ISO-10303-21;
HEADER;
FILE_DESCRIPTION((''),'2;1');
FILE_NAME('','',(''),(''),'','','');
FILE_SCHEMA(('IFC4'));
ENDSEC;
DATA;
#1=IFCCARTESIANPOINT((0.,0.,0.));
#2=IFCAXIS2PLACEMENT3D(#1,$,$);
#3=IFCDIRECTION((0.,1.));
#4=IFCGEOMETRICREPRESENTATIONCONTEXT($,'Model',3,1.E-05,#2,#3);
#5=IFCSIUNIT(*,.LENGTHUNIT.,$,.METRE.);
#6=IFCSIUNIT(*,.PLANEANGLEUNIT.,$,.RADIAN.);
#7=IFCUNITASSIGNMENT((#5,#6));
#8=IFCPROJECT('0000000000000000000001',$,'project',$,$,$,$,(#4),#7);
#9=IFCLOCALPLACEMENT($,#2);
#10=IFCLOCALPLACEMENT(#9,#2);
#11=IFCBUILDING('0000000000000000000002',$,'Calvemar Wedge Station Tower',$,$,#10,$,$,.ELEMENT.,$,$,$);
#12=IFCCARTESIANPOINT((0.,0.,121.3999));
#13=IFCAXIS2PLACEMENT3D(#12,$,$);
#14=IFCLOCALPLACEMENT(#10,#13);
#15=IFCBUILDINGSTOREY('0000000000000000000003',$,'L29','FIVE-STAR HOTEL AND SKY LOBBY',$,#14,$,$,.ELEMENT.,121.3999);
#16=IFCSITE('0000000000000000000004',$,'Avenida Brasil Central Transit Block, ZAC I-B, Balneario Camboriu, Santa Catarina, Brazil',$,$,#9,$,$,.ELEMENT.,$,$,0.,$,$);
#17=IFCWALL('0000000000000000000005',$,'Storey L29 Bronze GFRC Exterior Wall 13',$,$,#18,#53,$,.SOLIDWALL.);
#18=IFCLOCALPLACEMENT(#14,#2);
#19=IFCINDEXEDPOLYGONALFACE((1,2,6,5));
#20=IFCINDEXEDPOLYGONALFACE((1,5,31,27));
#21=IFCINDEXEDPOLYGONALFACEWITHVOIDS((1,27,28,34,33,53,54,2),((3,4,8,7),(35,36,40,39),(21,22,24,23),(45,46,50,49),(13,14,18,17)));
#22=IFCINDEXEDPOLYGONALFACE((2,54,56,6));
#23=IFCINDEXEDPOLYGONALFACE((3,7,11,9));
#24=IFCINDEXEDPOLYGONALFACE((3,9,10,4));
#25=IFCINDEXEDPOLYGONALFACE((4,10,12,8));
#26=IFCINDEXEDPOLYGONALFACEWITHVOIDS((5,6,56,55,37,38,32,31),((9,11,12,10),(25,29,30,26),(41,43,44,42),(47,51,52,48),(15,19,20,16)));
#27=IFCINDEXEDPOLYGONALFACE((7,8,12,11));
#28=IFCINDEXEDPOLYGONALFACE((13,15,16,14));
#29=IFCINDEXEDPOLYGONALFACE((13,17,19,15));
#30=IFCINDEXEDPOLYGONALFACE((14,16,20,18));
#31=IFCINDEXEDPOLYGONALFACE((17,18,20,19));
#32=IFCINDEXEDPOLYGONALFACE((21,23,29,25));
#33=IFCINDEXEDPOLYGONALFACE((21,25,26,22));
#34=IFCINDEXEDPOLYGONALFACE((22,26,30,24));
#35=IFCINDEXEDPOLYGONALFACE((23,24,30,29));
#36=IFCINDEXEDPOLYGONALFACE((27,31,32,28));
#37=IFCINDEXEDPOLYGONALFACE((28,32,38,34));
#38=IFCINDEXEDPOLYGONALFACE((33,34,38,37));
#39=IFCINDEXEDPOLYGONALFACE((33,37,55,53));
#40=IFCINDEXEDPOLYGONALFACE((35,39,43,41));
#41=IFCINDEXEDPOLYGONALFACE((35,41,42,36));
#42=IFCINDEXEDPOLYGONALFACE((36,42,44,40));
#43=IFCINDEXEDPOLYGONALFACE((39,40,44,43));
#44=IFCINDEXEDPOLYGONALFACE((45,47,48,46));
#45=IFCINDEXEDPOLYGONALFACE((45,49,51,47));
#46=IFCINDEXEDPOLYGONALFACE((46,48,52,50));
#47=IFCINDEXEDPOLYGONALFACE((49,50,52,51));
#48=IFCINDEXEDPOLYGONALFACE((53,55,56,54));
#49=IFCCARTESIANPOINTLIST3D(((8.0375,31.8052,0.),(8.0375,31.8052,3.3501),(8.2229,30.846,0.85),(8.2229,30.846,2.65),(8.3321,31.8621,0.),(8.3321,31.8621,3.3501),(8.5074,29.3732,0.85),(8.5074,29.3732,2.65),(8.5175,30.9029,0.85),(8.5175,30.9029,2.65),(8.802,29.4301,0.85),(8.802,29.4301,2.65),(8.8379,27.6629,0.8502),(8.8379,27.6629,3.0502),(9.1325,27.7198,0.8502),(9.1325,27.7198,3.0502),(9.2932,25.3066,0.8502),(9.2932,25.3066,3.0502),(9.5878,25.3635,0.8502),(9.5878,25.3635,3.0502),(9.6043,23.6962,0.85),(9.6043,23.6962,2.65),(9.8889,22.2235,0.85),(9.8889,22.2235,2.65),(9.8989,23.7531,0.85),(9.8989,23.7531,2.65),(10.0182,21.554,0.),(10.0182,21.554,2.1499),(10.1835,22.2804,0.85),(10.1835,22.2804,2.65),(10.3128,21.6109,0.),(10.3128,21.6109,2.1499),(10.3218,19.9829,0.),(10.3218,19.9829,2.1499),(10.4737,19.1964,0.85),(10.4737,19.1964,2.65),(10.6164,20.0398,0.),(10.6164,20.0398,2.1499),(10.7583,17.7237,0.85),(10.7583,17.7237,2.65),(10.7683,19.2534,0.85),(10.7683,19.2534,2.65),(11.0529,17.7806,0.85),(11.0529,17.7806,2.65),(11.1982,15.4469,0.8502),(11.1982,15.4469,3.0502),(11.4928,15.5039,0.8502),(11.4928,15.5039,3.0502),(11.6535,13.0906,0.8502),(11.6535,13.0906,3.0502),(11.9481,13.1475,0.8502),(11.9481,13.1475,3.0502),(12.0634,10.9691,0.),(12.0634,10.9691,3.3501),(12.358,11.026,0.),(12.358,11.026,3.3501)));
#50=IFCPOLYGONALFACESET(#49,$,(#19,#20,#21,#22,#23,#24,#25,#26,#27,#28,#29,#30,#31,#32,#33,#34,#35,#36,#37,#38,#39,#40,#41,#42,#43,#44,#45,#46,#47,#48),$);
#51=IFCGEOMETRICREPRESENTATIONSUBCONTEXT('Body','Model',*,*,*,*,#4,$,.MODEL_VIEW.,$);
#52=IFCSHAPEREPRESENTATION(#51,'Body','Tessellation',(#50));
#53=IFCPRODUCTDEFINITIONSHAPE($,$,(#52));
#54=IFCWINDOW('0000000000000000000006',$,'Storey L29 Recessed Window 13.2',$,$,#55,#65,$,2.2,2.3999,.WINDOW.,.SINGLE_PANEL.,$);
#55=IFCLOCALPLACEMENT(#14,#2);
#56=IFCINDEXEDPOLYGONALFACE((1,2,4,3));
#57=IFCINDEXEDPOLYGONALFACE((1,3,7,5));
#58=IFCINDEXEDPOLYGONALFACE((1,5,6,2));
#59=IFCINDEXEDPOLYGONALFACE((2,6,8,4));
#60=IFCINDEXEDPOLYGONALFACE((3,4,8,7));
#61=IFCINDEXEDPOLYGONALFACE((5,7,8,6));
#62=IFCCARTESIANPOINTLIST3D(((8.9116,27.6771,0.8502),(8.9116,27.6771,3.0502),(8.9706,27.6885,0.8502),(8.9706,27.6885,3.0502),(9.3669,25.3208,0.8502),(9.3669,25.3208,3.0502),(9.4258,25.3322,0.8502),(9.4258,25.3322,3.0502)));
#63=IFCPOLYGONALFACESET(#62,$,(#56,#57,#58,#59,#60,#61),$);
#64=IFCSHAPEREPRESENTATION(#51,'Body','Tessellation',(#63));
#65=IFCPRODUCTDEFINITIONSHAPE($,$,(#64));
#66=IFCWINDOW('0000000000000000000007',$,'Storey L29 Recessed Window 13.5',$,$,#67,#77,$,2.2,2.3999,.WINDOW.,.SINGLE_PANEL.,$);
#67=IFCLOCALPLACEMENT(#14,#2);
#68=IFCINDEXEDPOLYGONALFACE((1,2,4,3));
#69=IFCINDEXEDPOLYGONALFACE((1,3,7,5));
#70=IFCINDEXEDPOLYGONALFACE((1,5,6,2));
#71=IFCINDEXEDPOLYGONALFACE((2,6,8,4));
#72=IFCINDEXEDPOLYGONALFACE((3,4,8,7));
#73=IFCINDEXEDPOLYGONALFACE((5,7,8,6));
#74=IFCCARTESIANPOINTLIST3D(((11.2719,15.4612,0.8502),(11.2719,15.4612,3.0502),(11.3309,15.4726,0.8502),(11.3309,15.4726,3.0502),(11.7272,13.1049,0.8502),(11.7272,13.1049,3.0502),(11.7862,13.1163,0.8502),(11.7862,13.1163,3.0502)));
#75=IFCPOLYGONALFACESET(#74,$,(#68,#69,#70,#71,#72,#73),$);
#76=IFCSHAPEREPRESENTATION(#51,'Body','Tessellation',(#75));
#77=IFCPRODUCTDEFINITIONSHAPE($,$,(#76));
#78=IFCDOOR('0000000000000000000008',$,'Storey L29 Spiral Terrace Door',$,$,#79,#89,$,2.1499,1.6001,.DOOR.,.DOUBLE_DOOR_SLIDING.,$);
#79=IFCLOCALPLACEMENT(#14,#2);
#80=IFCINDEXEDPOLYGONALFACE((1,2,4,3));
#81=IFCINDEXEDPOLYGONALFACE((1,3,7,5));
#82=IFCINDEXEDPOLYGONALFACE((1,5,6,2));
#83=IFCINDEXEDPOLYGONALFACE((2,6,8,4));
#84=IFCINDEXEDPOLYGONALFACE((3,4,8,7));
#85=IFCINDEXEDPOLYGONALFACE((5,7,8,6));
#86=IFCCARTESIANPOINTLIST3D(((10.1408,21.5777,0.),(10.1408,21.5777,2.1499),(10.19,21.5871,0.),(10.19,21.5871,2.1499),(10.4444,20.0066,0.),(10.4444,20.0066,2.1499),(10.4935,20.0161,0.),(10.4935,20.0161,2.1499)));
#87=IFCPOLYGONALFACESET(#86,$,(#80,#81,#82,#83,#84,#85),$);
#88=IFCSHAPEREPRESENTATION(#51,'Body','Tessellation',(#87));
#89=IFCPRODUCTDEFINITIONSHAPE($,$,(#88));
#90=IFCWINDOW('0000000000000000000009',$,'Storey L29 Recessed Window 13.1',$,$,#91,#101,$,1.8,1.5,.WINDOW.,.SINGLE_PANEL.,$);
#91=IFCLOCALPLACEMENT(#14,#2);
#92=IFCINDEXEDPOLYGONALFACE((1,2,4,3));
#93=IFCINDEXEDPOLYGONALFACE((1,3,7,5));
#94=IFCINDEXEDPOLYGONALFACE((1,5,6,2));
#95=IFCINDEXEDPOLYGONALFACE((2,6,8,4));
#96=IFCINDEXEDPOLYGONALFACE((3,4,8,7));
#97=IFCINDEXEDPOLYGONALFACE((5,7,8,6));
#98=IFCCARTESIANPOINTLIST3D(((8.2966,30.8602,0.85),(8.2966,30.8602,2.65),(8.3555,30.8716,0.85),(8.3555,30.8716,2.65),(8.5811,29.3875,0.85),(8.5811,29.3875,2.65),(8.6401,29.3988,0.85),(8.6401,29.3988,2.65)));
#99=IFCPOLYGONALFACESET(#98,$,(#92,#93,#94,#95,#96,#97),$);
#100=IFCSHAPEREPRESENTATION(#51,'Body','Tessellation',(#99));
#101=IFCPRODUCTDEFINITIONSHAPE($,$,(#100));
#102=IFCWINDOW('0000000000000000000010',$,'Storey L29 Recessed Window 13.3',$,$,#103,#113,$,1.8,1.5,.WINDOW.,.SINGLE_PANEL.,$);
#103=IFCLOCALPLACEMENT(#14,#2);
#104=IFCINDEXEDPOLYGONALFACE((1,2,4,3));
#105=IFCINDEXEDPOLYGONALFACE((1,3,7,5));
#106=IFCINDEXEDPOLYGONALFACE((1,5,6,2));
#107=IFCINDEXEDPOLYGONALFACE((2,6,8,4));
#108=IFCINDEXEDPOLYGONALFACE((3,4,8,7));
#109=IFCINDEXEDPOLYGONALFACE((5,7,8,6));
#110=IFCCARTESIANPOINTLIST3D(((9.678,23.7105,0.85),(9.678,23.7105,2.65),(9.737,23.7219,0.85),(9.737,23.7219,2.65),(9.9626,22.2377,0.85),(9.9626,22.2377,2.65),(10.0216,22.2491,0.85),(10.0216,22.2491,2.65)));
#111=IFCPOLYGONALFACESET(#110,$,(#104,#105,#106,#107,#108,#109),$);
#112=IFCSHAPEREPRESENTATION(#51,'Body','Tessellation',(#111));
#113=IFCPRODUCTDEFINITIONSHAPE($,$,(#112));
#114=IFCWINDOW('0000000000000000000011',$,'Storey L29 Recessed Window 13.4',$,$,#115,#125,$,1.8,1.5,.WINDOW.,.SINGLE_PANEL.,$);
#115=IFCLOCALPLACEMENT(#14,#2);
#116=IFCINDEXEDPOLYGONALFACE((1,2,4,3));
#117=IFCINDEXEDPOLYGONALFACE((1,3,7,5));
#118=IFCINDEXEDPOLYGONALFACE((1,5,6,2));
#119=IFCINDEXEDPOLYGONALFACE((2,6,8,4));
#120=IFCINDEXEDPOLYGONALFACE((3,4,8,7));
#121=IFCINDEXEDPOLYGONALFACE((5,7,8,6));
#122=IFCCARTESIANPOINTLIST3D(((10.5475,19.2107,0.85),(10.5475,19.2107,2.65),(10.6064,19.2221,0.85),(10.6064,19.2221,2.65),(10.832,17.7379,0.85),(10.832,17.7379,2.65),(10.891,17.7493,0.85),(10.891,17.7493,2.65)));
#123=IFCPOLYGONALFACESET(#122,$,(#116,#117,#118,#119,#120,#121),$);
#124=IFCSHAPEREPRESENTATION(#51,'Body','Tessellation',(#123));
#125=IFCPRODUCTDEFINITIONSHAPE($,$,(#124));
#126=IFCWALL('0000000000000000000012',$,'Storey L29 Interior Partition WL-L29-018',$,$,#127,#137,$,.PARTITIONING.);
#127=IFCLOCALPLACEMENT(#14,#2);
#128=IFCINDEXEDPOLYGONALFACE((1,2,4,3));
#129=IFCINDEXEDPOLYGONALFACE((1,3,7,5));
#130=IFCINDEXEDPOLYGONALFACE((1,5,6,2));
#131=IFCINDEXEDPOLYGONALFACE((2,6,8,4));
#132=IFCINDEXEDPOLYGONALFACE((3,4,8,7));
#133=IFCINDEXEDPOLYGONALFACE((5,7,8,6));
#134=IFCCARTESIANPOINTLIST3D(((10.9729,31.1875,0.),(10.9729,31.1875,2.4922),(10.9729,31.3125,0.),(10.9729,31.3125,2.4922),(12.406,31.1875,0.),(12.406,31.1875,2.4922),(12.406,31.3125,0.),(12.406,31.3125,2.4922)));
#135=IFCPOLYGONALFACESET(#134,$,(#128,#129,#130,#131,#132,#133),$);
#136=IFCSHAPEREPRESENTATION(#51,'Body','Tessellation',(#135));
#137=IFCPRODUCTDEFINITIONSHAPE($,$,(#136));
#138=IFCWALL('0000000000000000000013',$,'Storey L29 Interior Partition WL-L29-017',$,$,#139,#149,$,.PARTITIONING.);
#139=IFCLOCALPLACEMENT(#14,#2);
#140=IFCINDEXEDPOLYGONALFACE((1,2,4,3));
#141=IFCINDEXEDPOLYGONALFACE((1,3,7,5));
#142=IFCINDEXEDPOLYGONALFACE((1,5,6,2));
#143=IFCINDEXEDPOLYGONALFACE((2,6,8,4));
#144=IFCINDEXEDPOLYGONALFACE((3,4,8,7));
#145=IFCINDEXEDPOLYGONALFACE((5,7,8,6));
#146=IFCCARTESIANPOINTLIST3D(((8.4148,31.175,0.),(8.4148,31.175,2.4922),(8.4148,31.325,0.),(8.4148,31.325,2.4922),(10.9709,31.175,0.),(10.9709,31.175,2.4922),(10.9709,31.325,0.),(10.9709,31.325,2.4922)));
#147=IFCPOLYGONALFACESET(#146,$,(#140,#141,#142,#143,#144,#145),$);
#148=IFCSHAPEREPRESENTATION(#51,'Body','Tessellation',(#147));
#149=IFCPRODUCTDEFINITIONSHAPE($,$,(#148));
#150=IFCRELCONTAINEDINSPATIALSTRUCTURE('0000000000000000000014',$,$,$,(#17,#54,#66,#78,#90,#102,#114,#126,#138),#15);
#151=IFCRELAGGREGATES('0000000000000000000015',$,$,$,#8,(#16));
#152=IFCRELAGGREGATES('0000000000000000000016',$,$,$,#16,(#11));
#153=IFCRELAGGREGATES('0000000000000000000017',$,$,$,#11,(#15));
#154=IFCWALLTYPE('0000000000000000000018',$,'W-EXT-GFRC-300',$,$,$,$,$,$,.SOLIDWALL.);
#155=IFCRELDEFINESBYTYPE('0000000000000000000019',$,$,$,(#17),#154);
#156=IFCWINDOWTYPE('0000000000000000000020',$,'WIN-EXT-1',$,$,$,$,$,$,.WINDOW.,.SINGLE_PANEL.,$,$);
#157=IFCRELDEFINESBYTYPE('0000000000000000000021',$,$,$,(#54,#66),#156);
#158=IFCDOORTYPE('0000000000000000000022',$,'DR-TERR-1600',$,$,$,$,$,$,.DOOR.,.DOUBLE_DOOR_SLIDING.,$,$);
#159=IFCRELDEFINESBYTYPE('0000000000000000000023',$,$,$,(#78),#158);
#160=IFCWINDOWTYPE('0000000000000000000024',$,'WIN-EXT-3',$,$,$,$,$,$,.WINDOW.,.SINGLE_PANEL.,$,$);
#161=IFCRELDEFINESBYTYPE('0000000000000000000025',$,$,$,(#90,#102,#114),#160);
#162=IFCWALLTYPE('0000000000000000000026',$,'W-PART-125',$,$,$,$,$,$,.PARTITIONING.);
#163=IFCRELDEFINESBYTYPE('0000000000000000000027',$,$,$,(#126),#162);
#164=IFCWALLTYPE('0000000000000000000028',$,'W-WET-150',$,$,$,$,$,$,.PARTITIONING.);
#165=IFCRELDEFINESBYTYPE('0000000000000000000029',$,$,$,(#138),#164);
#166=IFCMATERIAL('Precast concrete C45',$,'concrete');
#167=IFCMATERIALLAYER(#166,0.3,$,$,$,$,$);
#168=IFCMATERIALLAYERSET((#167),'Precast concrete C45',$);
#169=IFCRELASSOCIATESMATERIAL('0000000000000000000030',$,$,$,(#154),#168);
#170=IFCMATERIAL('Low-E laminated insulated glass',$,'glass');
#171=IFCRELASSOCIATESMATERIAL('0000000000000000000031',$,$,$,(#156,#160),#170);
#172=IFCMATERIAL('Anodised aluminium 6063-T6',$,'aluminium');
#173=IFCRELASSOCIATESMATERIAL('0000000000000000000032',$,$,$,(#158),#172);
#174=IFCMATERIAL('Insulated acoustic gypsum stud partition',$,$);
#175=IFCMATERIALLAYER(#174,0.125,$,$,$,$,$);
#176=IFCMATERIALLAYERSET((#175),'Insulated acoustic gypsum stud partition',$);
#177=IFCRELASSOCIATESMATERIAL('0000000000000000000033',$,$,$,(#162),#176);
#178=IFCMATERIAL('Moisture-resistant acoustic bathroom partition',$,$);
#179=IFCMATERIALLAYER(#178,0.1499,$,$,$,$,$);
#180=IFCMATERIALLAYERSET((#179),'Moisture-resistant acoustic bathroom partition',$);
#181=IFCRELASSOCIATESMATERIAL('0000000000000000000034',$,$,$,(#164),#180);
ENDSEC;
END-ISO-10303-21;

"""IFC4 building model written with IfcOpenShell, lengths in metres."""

from ifc_helpers import new_model, si_unit, direction, frame, frame_2d, origin, place, context, subcontext, project, spatial, rectangle, extrude, source, transform, mapped, material, layer, layer_set, type_object, element, fill, save


model = new_model("IFC4")

# Units and contexts
model_context = context("Model", 3, precision=1e-05, world=origin(), true_north=direction((0.0, 1.0)))
body_context = subcontext(model_context, "Body", "Model", "MODEL_VIEW")
ifc_project = project(units=[si_unit("LENGTHUNIT", "METRE"), si_unit("PLANEANGLEUNIT", "RADIAN")], contexts=[model_context])

# Site, building, storey
site_placement = place(None, origin())
site = spatial("IfcSite", under=ifc_project, at=site_placement, Name="Avenida Brasil Central Transit Block, ZAC I-B, Balneario Camboriu, Santa Catarina, Brazil", CompositionType="ELEMENT", RefElevation=0.0)
building_placement = place(site_placement, origin())
building = spatial("IfcBuilding", under=site, at=building_placement, Name="Calvemar Wedge Station Tower", CompositionType="ELEMENT")
storey_placement = place(building_placement, frame((0.0, 0.0, 121.3999)))
storey = spatial("IfcBuildingStorey", under=building, at=storey_placement, Name="L29", Description="FIVE-STAR HOTEL AND SKY LOBBY", CompositionType="ELEMENT", Elevation=121.3999)

# Wall, openings, windows, door
ifc_material_1 = material(Name="Precast concrete C45", Category="concrete")
ifc_layer_1 = layer(ifc_material_1, 0.3)
ifc_layer_set_1 = layer_set([ifc_layer_1], Name="Precast concrete C45")
wall_type_1 = type_object("IfcWallType", Name="W-EXT-GFRC-300", PredefinedType="SOLIDWALL", material=ifc_layer_set_1)
wall_1_placement = place(storey_placement, frame((8.1848, 31.8337, 0.0), z_axis=(0.0, 0.0, 1.0), x_axis=(0.189707, -0.981841, 0.0)))
wall_1 = element("IfcWall", 1, at=wall_1_placement, inside=storey, type_object=wall_type_1, Name="Storey L29 Bronze GFRC Exterior Wall 13", PredefinedType="SOLIDWALL", context=body_context, shape_type="SweptSolid", body=[
    extrude(rectangle(XDim=21.2214, YDim=0.3, at=frame_2d((10.6108, 0.0))), origin(), (0.0, 0.0, 1.0), 3.3501),
])
shared_shape_1 = source(origin(), body_context, "Body", "SweptSolid", [
    extrude(rectangle(XDim=1.6001, YDim=2.1499, at=frame_2d((0.8, 1.075))), frame((0.0, 0.1602, 0.0), z_axis=(0.0, -1.0, 0.0), x_axis=(1.0, 0.0, 0.0)), (0.0, 0.0, 1.0), 0.3201),
])
opening_1_placement = place(wall_1_placement, frame((10.4409, 0.0, 0.0)))
opening_1 = element("IfcOpeningElement", 2, at=opening_1_placement, cuts=wall_1, PredefinedType="OPENING", context=body_context, shape_type="MappedRepresentation", body=[
    mapped(shared_shape_1, transform((0.0, 0.0, 0.0), scale=1.0)),
])
shared_shape_2 = source(origin(), body_context, "Body", "SweptSolid", [
    extrude(rectangle(XDim=1.5, YDim=1.8, at=frame_2d((0.75, 0.8999))), frame((0.0, 0.1602, 0.0), z_axis=(0.0, -1.0, 0.0), x_axis=(1.0, 0.0, 0.0)), (0.0, 0.0, 1.0), 0.3201),
])
opening_2_placement = place(wall_1_placement, frame((0.9771, 0.0, 0.8501)))
opening_2 = element("IfcOpeningElement", 3, at=opening_2_placement, cuts=wall_1, PredefinedType="OPENING", context=body_context, shape_type="MappedRepresentation", body=[
    mapped(shared_shape_2, transform((0.0, 0.0, 0.0), scale=1.0)),
])
shared_shape_3 = source(origin(), body_context, "Body", "SweptSolid", [
    extrude(rectangle(XDim=2.3999, YDim=2.2, at=frame_2d((1.2, 1.1001))), frame((0.0, 0.1602, 0.0), z_axis=(0.0, -1.0, 0.0), x_axis=(1.0, 0.0, 0.0)), (0.0, 0.0, 1.0), 0.3201),
])
opening_3_placement = place(wall_1_placement, frame((4.219, 0.0, 0.8501)))
opening_3 = element("IfcOpeningElement", 4, at=opening_3_placement, cuts=wall_1, PredefinedType="OPENING", context=body_context, shape_type="MappedRepresentation", body=[
    mapped(shared_shape_3, transform((0.0, 0.0, 0.0), scale=1.0)),
])
opening_4_placement = place(wall_1_placement, frame((8.259, 0.0, 0.8501)))
opening_4 = element("IfcOpeningElement", 5, at=opening_4_placement, cuts=wall_1, PredefinedType="OPENING", context=body_context, shape_type="MappedRepresentation", body=[
    mapped(shared_shape_2, transform((0.0, 0.0, 0.0), scale=1.0)),
])
opening_5_placement = place(wall_1_placement, frame((12.842, 0.0, 0.8501)))
opening_5 = element("IfcOpeningElement", 6, at=opening_5_placement, cuts=wall_1, PredefinedType="OPENING", context=body_context, shape_type="MappedRepresentation", body=[
    mapped(shared_shape_2, transform((0.0, 0.0, 0.0), scale=1.0)),
])
opening_6_placement = place(wall_1_placement, frame((16.6609, 0.0, 0.8501)))
opening_6 = element("IfcOpeningElement", 7, at=opening_6_placement, cuts=wall_1, PredefinedType="OPENING", context=body_context, shape_type="MappedRepresentation", body=[
    mapped(shared_shape_3, transform((0.0, 0.0, 0.0), scale=1.0)),
])
ifc_material_2 = material(Name="Low-E laminated insulated glass", Category="glass")
window_type_1 = type_object("IfcWindowType", Name="WIN-EXT-1", PartitioningType="SINGLE_PANEL", PredefinedType="WINDOW", material=ifc_material_2)
shared_shape_4 = source(origin(), body_context, "Body", "SweptSolid", [
    extrude(rectangle(XDim=2.3999, YDim=2.2, at=frame_2d((1.2, 1.1001))), frame((0.0, -0.0149, 0.0), z_axis=(0.0, -1.0, 0.0), x_axis=(1.0, 0.0, 0.0)), (0.0, 0.0, 1.0), 0.0601),
])
window_1_placement = place(opening_3_placement, origin())
window_1 = element("IfcWindow", 8, at=window_1_placement, inside=storey, type_object=window_type_1, Name="Storey L29 Recessed Window 13.2", OverallHeight=2.2, OverallWidth=2.3999, PartitioningType="SINGLE_PANEL", PredefinedType="WINDOW", context=body_context, shape_type="MappedRepresentation", body=[
    mapped(shared_shape_4, transform((0.0, 0.0, 0.0), scale=1.0)),
])
fill(opening_3, window_1)
window_2_placement = place(opening_6_placement, origin())
window_2 = element("IfcWindow", 9, at=window_2_placement, inside=storey, type_object=window_type_1, Name="Storey L29 Recessed Window 13.5", OverallHeight=2.2, OverallWidth=2.3999, PartitioningType="SINGLE_PANEL", PredefinedType="WINDOW", context=body_context, shape_type="MappedRepresentation", body=[
    mapped(shared_shape_4, transform((0.0, 0.0, 0.0), scale=1.0)),
])
fill(opening_6, window_2)
ifc_material_3 = material(Name="Anodised aluminium 6063-T6", Category="aluminium")
door_type_1 = type_object("IfcDoorType", Name="DR-TERR-1600", OperationType="DOUBLE_DOOR_SLIDING", PredefinedType="DOOR", material=ifc_material_3)
shared_shape_5 = source(origin(), body_context, "Body", "SweptSolid", [
    extrude(rectangle(XDim=1.6001, YDim=2.1499, at=frame_2d((0.8, 1.075))), frame((0.0, 0.0249, 0.0), z_axis=(0.0, -1.0, 0.0), x_axis=(1.0, 0.0, 0.0)), (0.0, 0.0, 1.0), 0.05),
])
door_1_placement = place(opening_1_placement, origin())
door_1 = element("IfcDoor", 10, at=door_1_placement, inside=storey, type_object=door_type_1, Name="Storey L29 Spiral Terrace Door", OperationType="DOUBLE_DOOR_SLIDING", OverallHeight=2.1499, OverallWidth=1.6001, PredefinedType="DOOR", context=body_context, shape_type="MappedRepresentation", body=[
    mapped(shared_shape_5, transform((0.0, 0.0, 0.0), scale=1.0)),
])
fill(opening_1, door_1)
window_type_2 = type_object("IfcWindowType", Name="WIN-EXT-3", PartitioningType="SINGLE_PANEL", PredefinedType="WINDOW", material=ifc_material_2)
shared_shape_6 = source(origin(), body_context, "Body", "SweptSolid", [
    extrude(rectangle(XDim=1.5, YDim=1.8, at=frame_2d((0.75, 0.8999))), frame((0.0, -0.0149, 0.0), z_axis=(0.0, -1.0, 0.0), x_axis=(1.0, 0.0, 0.0)), (0.0, 0.0, 1.0), 0.0601),
])
window_3_placement = place(opening_2_placement, origin())
window_3 = element("IfcWindow", 11, at=window_3_placement, inside=storey, type_object=window_type_2, Name="Storey L29 Recessed Window 13.1", OverallHeight=1.8, OverallWidth=1.5, PartitioningType="SINGLE_PANEL", PredefinedType="WINDOW", context=body_context, shape_type="MappedRepresentation", body=[
    mapped(shared_shape_6, transform((0.0, 0.0, 0.0), scale=1.0)),
])
fill(opening_2, window_3)
window_4_placement = place(opening_4_placement, origin())
window_4 = element("IfcWindow", 12, at=window_4_placement, inside=storey, type_object=window_type_2, Name="Storey L29 Recessed Window 13.3", OverallHeight=1.8, OverallWidth=1.5, PartitioningType="SINGLE_PANEL", PredefinedType="WINDOW", context=body_context, shape_type="MappedRepresentation", body=[
    mapped(shared_shape_6, transform((0.0, 0.0, 0.0), scale=1.0)),
])
fill(opening_4, window_4)
window_5_placement = place(opening_5_placement, origin())
window_5 = element("IfcWindow", 13, at=window_5_placement, inside=storey, type_object=window_type_2, Name="Storey L29 Recessed Window 13.4", OverallHeight=1.8, OverallWidth=1.5, PartitioningType="SINGLE_PANEL", PredefinedType="WINDOW", context=body_context, shape_type="MappedRepresentation", body=[
    mapped(shared_shape_6, transform((0.0, 0.0, 0.0), scale=1.0)),
])
fill(opening_5, window_5)

# Walls
ifc_material_4 = material(Name="Insulated acoustic gypsum stud partition")
ifc_layer_2 = layer(ifc_material_4, 0.125)
ifc_layer_set_2 = layer_set([ifc_layer_2], Name="Insulated acoustic gypsum stud partition")
wall_type_2 = type_object("IfcWallType", Name="W-PART-125", PredefinedType="PARTITIONING", material=ifc_layer_set_2)
wall_2_placement = place(storey_placement, frame((12.406, 31.25, 0.0), z_axis=(0.0, 0.0, 1.0), x_axis=(-1.0, 0.0, 0.0)))
element("IfcWall", 14, at=wall_2_placement, inside=storey, type_object=wall_type_2, Name="Storey L29 Interior Partition WL-L29-018", PredefinedType="PARTITIONING", context=body_context, shape_type="SweptSolid", body=[
    extrude(rectangle(XDim=1.4331, YDim=0.125, at=frame_2d((0.7166, 0.0))), origin(), (0.0, 0.0, 1.0), 2.4922),
])
ifc_material_5 = material(Name="Moisture-resistant acoustic bathroom partition")
ifc_layer_3 = layer(ifc_material_5, 0.1499)
ifc_layer_set_3 = layer_set([ifc_layer_3], Name="Moisture-resistant acoustic bathroom partition")
wall_type_3 = type_object("IfcWallType", Name="W-WET-150", PredefinedType="PARTITIONING", material=ifc_layer_set_3)
wall_3_placement = place(storey_placement, frame((10.9709, 31.25, 0.0), z_axis=(0.0, 0.0, 1.0), x_axis=(-1.0, 0.0, 0.0)))
element("IfcWall", 15, at=wall_3_placement, inside=storey, type_object=wall_type_3, Name="Storey L29 Interior Partition WL-L29-017", PredefinedType="PARTITIONING", context=body_context, shape_type="SweptSolid", body=[
    extrude(rectangle(XDim=2.5562, YDim=0.1499, at=frame_2d((1.2781, 0.0))), origin(), (0.0, 0.0, 1.0), 2.4922),
])

save(model, "model.ifc")
